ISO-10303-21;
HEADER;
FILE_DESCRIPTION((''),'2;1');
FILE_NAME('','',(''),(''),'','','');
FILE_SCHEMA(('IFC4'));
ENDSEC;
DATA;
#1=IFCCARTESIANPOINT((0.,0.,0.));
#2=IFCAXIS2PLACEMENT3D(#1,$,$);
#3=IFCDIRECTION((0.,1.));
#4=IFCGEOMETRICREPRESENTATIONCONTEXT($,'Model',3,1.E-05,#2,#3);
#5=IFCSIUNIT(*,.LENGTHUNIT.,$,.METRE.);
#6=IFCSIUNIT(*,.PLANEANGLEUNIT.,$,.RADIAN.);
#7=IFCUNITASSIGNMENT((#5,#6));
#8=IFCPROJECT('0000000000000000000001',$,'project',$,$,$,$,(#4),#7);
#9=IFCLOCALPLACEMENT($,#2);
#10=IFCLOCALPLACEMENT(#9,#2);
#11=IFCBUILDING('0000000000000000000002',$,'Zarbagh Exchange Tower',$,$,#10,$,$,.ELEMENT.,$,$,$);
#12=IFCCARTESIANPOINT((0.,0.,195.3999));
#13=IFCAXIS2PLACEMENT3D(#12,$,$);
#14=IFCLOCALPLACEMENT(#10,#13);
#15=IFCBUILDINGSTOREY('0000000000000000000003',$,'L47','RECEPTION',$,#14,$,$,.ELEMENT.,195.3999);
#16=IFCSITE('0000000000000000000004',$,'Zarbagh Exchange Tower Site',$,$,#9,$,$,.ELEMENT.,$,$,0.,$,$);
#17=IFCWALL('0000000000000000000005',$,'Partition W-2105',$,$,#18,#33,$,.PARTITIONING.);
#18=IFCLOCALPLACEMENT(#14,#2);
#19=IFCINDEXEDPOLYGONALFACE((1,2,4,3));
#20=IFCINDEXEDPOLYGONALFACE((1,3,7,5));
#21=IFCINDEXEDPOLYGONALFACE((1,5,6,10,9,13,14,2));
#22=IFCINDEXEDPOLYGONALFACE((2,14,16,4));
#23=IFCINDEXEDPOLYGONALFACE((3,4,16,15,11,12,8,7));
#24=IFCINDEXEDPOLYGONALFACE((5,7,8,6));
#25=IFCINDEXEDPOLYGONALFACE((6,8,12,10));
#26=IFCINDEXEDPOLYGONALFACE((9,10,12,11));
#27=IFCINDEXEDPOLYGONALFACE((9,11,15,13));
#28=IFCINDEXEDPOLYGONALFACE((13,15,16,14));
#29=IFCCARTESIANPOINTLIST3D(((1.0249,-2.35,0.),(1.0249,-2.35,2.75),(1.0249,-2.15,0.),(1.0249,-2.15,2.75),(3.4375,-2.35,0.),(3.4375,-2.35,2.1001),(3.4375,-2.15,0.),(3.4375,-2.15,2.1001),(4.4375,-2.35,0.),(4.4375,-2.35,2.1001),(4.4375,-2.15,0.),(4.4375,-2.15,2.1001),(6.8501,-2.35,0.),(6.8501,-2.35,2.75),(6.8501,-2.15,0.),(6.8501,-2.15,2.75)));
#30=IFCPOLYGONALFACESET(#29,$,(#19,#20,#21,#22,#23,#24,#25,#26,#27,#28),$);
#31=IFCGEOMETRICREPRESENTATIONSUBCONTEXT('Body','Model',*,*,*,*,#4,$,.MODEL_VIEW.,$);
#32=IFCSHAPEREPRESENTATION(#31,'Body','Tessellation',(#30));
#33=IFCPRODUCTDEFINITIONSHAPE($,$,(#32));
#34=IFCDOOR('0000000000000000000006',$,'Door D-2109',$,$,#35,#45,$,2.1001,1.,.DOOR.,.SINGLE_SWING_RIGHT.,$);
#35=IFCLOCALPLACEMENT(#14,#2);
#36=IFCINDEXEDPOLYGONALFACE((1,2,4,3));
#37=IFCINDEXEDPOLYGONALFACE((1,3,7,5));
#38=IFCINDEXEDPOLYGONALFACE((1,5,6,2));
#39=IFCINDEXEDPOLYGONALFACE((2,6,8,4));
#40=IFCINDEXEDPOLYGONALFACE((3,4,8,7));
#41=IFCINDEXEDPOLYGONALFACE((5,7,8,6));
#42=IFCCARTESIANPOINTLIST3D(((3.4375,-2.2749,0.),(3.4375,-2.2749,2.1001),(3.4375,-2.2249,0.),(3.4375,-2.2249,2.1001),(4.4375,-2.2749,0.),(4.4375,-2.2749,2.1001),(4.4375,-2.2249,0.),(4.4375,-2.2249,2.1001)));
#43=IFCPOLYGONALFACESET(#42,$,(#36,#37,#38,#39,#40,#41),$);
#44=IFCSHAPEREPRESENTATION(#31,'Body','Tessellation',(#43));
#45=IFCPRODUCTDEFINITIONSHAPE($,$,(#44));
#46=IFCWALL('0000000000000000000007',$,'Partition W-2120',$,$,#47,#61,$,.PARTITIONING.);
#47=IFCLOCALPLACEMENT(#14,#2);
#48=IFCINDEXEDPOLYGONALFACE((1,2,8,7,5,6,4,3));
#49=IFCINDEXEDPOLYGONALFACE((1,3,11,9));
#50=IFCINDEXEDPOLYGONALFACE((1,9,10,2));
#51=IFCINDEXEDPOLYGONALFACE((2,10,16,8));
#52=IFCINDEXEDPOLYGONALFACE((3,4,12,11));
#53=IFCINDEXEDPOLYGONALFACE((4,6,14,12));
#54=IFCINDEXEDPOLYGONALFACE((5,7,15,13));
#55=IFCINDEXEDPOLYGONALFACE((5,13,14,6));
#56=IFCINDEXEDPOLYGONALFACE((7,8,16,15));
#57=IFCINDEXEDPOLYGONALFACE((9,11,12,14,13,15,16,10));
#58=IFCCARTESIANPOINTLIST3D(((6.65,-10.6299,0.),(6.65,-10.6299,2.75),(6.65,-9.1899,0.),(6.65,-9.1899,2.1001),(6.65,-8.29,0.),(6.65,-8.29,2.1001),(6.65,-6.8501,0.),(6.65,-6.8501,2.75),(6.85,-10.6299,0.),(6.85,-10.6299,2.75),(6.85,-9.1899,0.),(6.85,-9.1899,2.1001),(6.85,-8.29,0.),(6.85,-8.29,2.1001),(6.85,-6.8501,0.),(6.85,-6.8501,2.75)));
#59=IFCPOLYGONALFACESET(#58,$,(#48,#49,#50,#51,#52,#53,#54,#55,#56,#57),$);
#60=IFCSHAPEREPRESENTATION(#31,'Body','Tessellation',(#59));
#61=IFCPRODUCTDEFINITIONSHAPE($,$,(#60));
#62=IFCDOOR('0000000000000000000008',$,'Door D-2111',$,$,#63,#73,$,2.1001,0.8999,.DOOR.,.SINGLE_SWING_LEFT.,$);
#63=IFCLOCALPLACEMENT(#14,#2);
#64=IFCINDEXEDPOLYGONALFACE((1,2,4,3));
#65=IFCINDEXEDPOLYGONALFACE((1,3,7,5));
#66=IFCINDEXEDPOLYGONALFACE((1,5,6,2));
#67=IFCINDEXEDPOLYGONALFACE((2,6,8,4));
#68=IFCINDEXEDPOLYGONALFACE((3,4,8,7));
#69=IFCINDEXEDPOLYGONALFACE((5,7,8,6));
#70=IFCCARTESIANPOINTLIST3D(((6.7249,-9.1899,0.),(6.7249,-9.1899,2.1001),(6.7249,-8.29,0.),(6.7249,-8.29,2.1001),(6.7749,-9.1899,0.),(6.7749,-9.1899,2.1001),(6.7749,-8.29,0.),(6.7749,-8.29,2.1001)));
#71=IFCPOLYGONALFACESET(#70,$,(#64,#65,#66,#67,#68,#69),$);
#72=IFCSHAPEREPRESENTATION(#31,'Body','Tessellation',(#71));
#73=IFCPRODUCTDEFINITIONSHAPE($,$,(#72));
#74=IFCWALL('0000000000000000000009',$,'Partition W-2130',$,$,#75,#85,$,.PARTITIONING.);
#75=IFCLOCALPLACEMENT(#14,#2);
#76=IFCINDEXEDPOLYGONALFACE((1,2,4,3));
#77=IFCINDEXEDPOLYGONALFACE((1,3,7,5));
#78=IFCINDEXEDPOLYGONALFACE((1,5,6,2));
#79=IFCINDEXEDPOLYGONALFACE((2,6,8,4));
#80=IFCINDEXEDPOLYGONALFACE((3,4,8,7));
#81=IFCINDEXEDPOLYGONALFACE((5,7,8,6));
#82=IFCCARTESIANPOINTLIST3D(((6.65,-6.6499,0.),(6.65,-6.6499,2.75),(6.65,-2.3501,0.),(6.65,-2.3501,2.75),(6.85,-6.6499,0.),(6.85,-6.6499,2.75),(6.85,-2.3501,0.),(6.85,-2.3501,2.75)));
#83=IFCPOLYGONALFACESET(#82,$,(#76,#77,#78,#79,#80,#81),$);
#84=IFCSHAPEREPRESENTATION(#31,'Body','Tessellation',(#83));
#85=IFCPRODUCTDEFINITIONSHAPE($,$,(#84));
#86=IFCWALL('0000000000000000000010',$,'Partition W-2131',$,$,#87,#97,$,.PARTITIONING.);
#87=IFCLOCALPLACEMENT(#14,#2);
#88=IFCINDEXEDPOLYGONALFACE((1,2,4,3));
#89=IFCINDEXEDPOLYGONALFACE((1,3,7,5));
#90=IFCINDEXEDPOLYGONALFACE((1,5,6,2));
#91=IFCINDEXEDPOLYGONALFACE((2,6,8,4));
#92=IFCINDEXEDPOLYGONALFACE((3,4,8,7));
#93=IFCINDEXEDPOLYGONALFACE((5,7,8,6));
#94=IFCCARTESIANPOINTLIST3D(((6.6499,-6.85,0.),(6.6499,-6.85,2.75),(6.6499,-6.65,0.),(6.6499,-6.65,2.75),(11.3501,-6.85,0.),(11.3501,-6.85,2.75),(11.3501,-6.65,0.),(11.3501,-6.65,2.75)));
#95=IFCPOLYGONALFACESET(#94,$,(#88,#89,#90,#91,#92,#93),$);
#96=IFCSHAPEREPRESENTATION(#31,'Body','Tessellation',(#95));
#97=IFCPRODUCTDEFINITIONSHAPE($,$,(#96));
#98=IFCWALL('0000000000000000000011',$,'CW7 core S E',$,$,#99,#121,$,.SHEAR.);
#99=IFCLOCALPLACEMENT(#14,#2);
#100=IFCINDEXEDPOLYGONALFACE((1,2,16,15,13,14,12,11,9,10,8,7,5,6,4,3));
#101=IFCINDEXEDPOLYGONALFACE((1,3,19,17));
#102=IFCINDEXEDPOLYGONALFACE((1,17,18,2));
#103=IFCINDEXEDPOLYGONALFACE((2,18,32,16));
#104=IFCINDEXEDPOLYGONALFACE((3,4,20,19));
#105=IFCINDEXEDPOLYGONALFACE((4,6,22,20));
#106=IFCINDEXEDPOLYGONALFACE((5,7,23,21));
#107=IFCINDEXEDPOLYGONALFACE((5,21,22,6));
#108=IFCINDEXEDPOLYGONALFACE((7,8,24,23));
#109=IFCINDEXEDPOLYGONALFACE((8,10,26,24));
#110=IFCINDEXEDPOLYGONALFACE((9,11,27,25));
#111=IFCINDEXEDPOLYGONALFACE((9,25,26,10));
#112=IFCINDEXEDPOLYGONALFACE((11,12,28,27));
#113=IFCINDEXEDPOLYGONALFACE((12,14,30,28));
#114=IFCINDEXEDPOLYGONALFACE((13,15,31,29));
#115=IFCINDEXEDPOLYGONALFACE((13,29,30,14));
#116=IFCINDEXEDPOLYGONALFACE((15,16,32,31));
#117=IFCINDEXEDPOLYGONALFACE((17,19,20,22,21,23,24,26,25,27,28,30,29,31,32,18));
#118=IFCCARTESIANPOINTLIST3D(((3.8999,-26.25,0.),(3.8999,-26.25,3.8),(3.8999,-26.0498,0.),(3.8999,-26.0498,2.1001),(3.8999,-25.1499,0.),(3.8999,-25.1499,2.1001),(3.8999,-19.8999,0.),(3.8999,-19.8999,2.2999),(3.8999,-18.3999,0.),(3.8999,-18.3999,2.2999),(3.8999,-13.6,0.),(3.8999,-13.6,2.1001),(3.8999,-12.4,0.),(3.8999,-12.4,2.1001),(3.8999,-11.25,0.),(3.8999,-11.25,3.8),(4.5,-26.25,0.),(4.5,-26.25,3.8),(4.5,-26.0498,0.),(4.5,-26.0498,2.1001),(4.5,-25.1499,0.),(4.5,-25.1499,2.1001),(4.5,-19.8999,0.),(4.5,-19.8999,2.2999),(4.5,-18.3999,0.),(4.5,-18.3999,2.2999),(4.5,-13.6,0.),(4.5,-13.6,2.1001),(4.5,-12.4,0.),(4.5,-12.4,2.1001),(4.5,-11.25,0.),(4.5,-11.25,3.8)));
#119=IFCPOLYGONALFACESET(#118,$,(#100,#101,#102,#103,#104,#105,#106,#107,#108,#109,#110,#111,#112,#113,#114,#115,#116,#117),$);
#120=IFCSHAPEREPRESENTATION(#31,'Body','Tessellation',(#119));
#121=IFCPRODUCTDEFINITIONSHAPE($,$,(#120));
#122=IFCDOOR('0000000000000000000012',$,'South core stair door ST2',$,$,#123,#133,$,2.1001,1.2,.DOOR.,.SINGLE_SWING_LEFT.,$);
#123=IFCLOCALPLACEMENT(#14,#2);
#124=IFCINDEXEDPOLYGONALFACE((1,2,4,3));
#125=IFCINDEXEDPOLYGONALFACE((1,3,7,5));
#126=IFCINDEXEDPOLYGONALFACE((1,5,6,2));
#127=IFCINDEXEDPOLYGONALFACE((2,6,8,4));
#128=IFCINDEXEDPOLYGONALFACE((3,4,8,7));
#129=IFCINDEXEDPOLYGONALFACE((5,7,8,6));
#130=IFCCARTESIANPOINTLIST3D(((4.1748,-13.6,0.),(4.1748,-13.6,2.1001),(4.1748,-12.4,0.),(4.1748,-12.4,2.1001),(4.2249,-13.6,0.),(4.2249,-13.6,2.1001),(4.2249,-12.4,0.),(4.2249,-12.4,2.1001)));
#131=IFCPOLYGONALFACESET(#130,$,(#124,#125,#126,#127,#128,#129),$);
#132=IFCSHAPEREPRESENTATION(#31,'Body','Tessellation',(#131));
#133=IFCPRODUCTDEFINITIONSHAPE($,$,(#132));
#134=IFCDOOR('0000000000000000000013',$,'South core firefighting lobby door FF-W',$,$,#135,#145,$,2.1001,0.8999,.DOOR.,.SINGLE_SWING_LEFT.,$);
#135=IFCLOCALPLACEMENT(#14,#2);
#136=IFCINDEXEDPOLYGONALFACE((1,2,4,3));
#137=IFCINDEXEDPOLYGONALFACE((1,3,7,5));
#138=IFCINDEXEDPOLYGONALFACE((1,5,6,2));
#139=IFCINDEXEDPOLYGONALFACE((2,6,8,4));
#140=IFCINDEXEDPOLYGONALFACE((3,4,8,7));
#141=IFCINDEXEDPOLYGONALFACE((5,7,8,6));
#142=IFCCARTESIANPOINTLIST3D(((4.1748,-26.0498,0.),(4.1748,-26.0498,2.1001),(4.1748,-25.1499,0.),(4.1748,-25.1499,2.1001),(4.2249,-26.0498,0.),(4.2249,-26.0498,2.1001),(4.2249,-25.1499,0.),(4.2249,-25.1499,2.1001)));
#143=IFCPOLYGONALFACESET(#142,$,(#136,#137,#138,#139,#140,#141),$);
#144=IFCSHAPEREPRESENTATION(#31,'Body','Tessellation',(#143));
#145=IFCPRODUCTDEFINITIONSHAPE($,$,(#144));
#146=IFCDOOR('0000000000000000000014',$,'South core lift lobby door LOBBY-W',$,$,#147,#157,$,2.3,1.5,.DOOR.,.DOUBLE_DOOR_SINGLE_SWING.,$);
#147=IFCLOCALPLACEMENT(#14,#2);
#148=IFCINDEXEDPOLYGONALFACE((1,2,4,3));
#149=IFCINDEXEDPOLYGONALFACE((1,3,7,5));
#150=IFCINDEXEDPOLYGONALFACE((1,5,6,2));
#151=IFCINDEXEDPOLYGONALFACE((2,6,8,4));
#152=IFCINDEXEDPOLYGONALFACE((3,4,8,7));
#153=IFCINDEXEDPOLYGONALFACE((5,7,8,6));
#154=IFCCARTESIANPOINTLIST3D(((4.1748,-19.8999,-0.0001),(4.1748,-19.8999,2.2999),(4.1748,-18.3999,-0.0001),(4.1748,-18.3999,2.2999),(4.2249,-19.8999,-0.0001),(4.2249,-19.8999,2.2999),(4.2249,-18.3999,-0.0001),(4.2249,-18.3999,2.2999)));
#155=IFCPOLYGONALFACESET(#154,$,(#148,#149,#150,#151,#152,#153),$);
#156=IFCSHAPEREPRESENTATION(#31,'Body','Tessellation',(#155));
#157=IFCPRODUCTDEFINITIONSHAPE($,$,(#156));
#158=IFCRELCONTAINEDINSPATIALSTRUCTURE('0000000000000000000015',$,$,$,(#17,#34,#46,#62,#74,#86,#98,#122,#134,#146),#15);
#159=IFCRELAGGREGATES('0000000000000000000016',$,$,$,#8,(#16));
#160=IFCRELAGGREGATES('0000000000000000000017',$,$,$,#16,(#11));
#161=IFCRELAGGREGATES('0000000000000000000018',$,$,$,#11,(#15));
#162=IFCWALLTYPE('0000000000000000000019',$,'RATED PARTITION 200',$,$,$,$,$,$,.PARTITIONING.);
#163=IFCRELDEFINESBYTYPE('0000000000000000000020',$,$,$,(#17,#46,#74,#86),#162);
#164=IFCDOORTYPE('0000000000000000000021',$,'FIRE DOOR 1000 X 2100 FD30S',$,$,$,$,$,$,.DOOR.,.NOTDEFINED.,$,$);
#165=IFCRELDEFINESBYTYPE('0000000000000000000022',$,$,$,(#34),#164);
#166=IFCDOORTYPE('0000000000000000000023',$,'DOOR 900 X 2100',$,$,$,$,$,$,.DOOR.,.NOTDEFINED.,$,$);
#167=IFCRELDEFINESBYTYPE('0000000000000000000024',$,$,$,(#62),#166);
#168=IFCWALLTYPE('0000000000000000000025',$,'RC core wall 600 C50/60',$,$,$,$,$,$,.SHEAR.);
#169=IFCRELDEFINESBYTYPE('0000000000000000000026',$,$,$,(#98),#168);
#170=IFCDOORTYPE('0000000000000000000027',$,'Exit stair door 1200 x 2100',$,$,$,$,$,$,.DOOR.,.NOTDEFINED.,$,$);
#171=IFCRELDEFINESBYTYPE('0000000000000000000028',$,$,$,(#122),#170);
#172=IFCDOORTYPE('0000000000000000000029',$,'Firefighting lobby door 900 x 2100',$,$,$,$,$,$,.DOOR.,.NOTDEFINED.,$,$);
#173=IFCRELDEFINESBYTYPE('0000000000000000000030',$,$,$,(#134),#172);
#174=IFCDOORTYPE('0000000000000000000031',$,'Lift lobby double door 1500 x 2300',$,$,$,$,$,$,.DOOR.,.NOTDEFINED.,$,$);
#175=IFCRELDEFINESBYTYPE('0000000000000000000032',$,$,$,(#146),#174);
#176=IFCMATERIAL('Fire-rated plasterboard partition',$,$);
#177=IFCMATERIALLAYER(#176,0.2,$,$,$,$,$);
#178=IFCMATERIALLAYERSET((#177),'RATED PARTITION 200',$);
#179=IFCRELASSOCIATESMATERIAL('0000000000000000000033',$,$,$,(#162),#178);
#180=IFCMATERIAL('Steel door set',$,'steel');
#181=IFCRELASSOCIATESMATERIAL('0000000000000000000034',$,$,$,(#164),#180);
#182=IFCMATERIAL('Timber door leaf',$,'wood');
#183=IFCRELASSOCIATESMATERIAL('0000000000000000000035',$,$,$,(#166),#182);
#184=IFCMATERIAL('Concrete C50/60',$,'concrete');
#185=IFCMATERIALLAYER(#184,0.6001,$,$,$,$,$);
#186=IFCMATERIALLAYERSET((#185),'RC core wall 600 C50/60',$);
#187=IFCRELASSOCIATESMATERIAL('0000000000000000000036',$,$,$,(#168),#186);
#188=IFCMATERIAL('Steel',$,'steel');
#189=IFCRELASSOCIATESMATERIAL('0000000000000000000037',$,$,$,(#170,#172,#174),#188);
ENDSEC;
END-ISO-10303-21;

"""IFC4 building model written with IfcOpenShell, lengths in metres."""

from ifc_helpers import new_model, si_unit, direction, frame, frame_2d, origin, place, context, subcontext, project, spatial, rectangle, extrude, material, layer, layer_set, type_object, element, fill, save


model = new_model("IFC4")

# Units and contexts
model_context = context("Model", 3, precision=1e-05, world=origin(), true_north=direction((0.0, 1.0)))
body_context = subcontext(model_context, "Body", "Model", "MODEL_VIEW")
ifc_project = project(units=[si_unit("LENGTHUNIT", "METRE"), si_unit("PLANEANGLEUNIT", "RADIAN")], contexts=[model_context])

# Site, building, storey
site_placement = place(None, origin())
site = spatial("IfcSite", under=ifc_project, at=site_placement, Name="Zarbagh Exchange Tower Site", CompositionType="ELEMENT", RefElevation=0.0)
building_placement = place(site_placement, origin())
building = spatial("IfcBuilding", under=site, at=building_placement, Name="Zarbagh Exchange Tower", CompositionType="ELEMENT")
storey_placement = place(building_placement, frame((0.0, 0.0, 195.3999)))
storey = spatial("IfcBuildingStorey", under=building, at=storey_placement, Name="L47", Description="RECEPTION", CompositionType="ELEMENT", Elevation=195.3999)

# Shared definitions
ifc_material_1 = material(Name="Concrete C50/60", Category="concrete")

# Walls, openings, doors
ifc_material_2 = material(Name="Fire-rated plasterboard partition")
ifc_layer_1 = layer(ifc_material_2, 0.2)
ifc_layer_set_1 = layer_set([ifc_layer_1], Name="RATED PARTITION 200")
wall_type_1 = type_object("IfcWallType", Name="RATED PARTITION 200", PredefinedType="PARTITIONING", material=ifc_layer_set_1)
wall_1_placement = place(storey_placement, frame((6.8501, -2.25, 0.0), z_axis=(0.0, 0.0, 1.0), x_axis=(-1.0, 0.0, 0.0)))
wall_1 = element("IfcWall", 1, at=wall_1_placement, inside=storey, type_object=wall_type_1, Name="Partition W-2105", PredefinedType="PARTITIONING", context=body_context, shape_type="SweptSolid", body=[
    extrude(rectangle(XDim=5.8252, YDim=0.2, at=frame_2d((2.9126, 0.0))), origin(), (0.0, 0.0, 1.0), 2.75),
])
opening_1_placement = place(wall_1_placement, frame((2.4126, 0.0, 0.0)))
opening_1 = element("IfcOpeningElement", 2, at=opening_1_placement, cuts=wall_1, PredefinedType="OPENING", context=body_context, shape_type="SweptSolid", body=[
    extrude(rectangle(XDim=1.0, YDim=2.1001, at=frame_2d((0.5, 1.05))), frame((0.0, 0.1099, 0.0), z_axis=(0.0, -1.0, 0.0), x_axis=(1.0, 0.0, 0.0)), (0.0, 0.0, 1.0), 0.22),
])
ifc_material_3 = material(Name="Steel door set", Category="steel")
door_type_1 = type_object("IfcDoorType", Name="FIRE DOOR 1000 X 2100 FD30S", OperationType="NOTDEFINED", PredefinedType="DOOR", material=ifc_material_3)
door_1_placement = place(opening_1_placement, origin())
door_1 = element("IfcDoor", 3, at=door_1_placement, inside=storey, type_object=door_type_1, Name="Door D-2109", OperationType="SINGLE_SWING_RIGHT", OverallHeight=2.1001, OverallWidth=1.0, PredefinedType="DOOR", context=body_context, shape_type="SweptSolid", body=[
    extrude(rectangle(XDim=1.0, YDim=2.1001, at=frame_2d((0.5, 1.05))), frame((0.0, 0.0249, 0.0), z_axis=(0.0, -1.0, 0.0), x_axis=(1.0, 0.0, 0.0)), (0.0, 0.0, 1.0), 0.05),
])
fill(opening_1, door_1)
wall_2_placement = place(storey_placement, frame((6.75, -6.8501, 0.0), z_axis=(0.0, 0.0, 1.0), x_axis=(0.0, -1.0, 0.0)))
wall_2 = element("IfcWall", 4, at=wall_2_placement, inside=storey, type_object=wall_type_1, Name="Partition W-2120", PredefinedType="PARTITIONING", context=body_context, shape_type="SweptSolid", body=[
    extrude(rectangle(XDim=3.7798, YDim=0.2, at=frame_2d((1.8899, 0.0))), origin(), (0.0, 0.0, 1.0), 2.75),
])
opening_2_placement = place(wall_2_placement, frame((1.4399, 0.0, 0.0)))
opening_2 = element("IfcOpeningElement", 5, at=opening_2_placement, cuts=wall_2, PredefinedType="OPENING", context=body_context, shape_type="SweptSolid", body=[
    extrude(rectangle(XDim=0.8999, YDim=2.1001, at=frame_2d((0.45, 1.05))), frame((0.0, 0.1099, 0.0), z_axis=(0.0, -1.0, 0.0), x_axis=(1.0, 0.0, 0.0)), (0.0, 0.0, 1.0), 0.22),
])
ifc_material_4 = material(Name="Timber door leaf", Category="wood")
door_type_2 = type_object("IfcDoorType", Name="DOOR 900 X 2100", OperationType="NOTDEFINED", PredefinedType="DOOR", material=ifc_material_4)
door_2_placement = place(opening_2_placement, origin())
door_2 = element("IfcDoor", 6, at=door_2_placement, inside=storey, type_object=door_type_2, Name="Door D-2111", OperationType="SINGLE_SWING_LEFT", OverallHeight=2.1001, OverallWidth=0.8999, PredefinedType="DOOR", context=body_context, shape_type="SweptSolid", body=[
    extrude(rectangle(XDim=0.8999, YDim=2.1001, at=frame_2d((0.45, 1.05))), frame((0.0, 0.0249, 0.0), z_axis=(0.0, -1.0, 0.0), x_axis=(1.0, 0.0, 0.0)), (0.0, 0.0, 1.0), 0.05),
])
fill(opening_2, door_2)

# Walls
wall_3_placement = place(storey_placement, frame((6.75, -6.6499, 0.0), z_axis=(0.0, 0.0, 1.0), x_axis=(0.0, 1.0, 0.0)))
element("IfcWall", 7, at=wall_3_placement, inside=storey, type_object=wall_type_1, Name="Partition W-2130", PredefinedType="PARTITIONING", context=body_context, shape_type="SweptSolid", body=[
    extrude(rectangle(XDim=4.2998, YDim=0.2, at=frame_2d((2.1499, 0.0))), origin(), (0.0, 0.0, 1.0), 2.75),
])
wall_4_placement = place(storey_placement, frame((6.6499, -6.75, 0.0), z_axis=(0.0, 0.0, 1.0), x_axis=(1.0, 0.0, 0.0)))
element("IfcWall", 8, at=wall_4_placement, inside=storey, type_object=wall_type_1, Name="Partition W-2131", PredefinedType="PARTITIONING", context=body_context, shape_type="SweptSolid", body=[
    extrude(rectangle(XDim=4.7002, YDim=0.2, at=frame_2d((2.3501, 0.0))), origin(), (0.0, 0.0, 1.0), 2.75),
])

# Wall, openings, doors
ifc_layer_2 = layer(ifc_material_1, 0.6001)
ifc_layer_set_2 = layer_set([ifc_layer_2], Name="RC core wall 600 C50/60")
wall_type_2 = type_object("IfcWallType", Name="RC core wall 600 C50/60", PredefinedType="SHEAR", material=ifc_layer_set_2)
wall_5_placement = place(storey_placement, frame((4.2, -11.25, 0.0), z_axis=(0.0, 0.0, 1.0), x_axis=(0.0, -1.0, 0.0)))
wall_5 = element("IfcWall", 9, at=wall_5_placement, inside=storey, type_object=wall_type_2, Name="CW7 core S E", PredefinedType="SHEAR", context=body_context, shape_type="SweptSolid", body=[
    extrude(rectangle(XDim=15.0, YDim=0.6001, at=frame_2d((7.5, 0.0))), origin(), (0.0, 0.0, 1.0), 3.8),
])
opening_3_placement = place(wall_5_placement, frame((7.1499, 0.0, 0.0)))
opening_3 = element("IfcOpeningElement", 10, at=opening_3_placement, cuts=wall_5, PredefinedType="OPENING", context=body_context, shape_type="SweptSolid", body=[
    extrude(rectangle(XDim=1.5, YDim=2.3, at=frame_2d((0.75, 1.1499))), frame((0.0, 0.3101, 0.0), z_axis=(0.0, -1.0, 0.0), x_axis=(1.0, 0.0, 0.0)), (0.0, 0.0, 1.0), 0.6201),
])
opening_4_placement = place(wall_5_placement, frame((13.8999, 0.0, 0.0)))
opening_4 = element("IfcOpeningElement", 11, at=opening_4_placement, cuts=wall_5, PredefinedType="OPENING", context=body_context, shape_type="SweptSolid", body=[
    extrude(rectangle(XDim=0.8999, YDim=2.1001, at=frame_2d((0.45, 1.05))), frame((0.0, 0.3101, 0.0), z_axis=(0.0, -1.0, 0.0), x_axis=(1.0, 0.0, 0.0)), (0.0, 0.0, 1.0), 0.6201),
])
opening_5_placement = place(wall_5_placement, frame((1.1499, 0.0, 0.0)))
opening_5 = element("IfcOpeningElement", 12, at=opening_5_placement, cuts=wall_5, PredefinedType="OPENING", context=body_context, shape_type="SweptSolid", body=[
    extrude(rectangle(XDim=1.2, YDim=2.1001, at=frame_2d((0.6001, 1.05))), frame((0.0, 0.3101, 0.0), z_axis=(0.0, -1.0, 0.0), x_axis=(1.0, 0.0, 0.0)), (0.0, 0.0, 1.0), 0.6201),
])
ifc_material_5 = material(Name="Steel", Category="steel")
door_type_3 = type_object("IfcDoorType", Name="Exit stair door 1200 x 2100", OperationType="NOTDEFINED", PredefinedType="DOOR", material=ifc_material_5)
door_3_placement = place(opening_5_placement, origin())
door_3 = element("IfcDoor", 13, at=door_3_placement, inside=storey, type_object=door_type_3, Name="South core stair door ST2", OperationType="SINGLE_SWING_LEFT", OverallHeight=2.1001, OverallWidth=1.2, PredefinedType="DOOR", context=body_context, shape_type="SweptSolid", body=[
    extrude(rectangle(XDim=1.2, YDim=2.1001, at=frame_2d((0.6001, 1.05))), frame((0.0, 0.0249, 0.0), z_axis=(0.0, -1.0, 0.0), x_axis=(1.0, 0.0, 0.0)), (0.0, 0.0, 1.0), 0.05),
])
fill(opening_5, door_3)
door_type_4 = type_object("IfcDoorType", Name="Firefighting lobby door 900 x 2100", OperationType="NOTDEFINED", PredefinedType="DOOR", material=ifc_material_5)
door_4_placement = place(opening_4_placement, origin())
door_4 = element("IfcDoor", 14, at=door_4_placement, inside=storey, type_object=door_type_4, Name="South core firefighting lobby door FF-W", OperationType="SINGLE_SWING_LEFT", OverallHeight=2.1001, OverallWidth=0.8999, PredefinedType="DOOR", context=body_context, shape_type="SweptSolid", body=[
    extrude(rectangle(XDim=0.8999, YDim=2.1001, at=frame_2d((0.45, 1.05))), frame((0.0, 0.0249, 0.0), z_axis=(0.0, -1.0, 0.0), x_axis=(1.0, 0.0, 0.0)), (0.0, 0.0, 1.0), 0.05),
])
fill(opening_4, door_4)
door_type_5 = type_object("IfcDoorType", Name="Lift lobby double door 1500 x 2300", OperationType="NOTDEFINED", PredefinedType="DOOR", material=ifc_material_5)
door_5_placement = place(opening_3_placement, origin())
door_5 = element("IfcDoor", 15, at=door_5_placement, inside=storey, type_object=door_type_5, Name="South core lift lobby door LOBBY-W", OperationType="DOUBLE_DOOR_SINGLE_SWING", OverallHeight=2.3, OverallWidth=1.5, PredefinedType="DOOR", context=body_context, shape_type="SweptSolid", body=[
    extrude(rectangle(XDim=1.5, YDim=2.3, at=frame_2d((0.75, 1.1499))), frame((0.0, 0.0249, 0.0), z_axis=(0.0, -1.0, 0.0), x_axis=(1.0, 0.0, 0.0)), (0.0, 0.0, 1.0), 0.05),
])
fill(opening_3, door_5)

save(model, "model.ifc")
